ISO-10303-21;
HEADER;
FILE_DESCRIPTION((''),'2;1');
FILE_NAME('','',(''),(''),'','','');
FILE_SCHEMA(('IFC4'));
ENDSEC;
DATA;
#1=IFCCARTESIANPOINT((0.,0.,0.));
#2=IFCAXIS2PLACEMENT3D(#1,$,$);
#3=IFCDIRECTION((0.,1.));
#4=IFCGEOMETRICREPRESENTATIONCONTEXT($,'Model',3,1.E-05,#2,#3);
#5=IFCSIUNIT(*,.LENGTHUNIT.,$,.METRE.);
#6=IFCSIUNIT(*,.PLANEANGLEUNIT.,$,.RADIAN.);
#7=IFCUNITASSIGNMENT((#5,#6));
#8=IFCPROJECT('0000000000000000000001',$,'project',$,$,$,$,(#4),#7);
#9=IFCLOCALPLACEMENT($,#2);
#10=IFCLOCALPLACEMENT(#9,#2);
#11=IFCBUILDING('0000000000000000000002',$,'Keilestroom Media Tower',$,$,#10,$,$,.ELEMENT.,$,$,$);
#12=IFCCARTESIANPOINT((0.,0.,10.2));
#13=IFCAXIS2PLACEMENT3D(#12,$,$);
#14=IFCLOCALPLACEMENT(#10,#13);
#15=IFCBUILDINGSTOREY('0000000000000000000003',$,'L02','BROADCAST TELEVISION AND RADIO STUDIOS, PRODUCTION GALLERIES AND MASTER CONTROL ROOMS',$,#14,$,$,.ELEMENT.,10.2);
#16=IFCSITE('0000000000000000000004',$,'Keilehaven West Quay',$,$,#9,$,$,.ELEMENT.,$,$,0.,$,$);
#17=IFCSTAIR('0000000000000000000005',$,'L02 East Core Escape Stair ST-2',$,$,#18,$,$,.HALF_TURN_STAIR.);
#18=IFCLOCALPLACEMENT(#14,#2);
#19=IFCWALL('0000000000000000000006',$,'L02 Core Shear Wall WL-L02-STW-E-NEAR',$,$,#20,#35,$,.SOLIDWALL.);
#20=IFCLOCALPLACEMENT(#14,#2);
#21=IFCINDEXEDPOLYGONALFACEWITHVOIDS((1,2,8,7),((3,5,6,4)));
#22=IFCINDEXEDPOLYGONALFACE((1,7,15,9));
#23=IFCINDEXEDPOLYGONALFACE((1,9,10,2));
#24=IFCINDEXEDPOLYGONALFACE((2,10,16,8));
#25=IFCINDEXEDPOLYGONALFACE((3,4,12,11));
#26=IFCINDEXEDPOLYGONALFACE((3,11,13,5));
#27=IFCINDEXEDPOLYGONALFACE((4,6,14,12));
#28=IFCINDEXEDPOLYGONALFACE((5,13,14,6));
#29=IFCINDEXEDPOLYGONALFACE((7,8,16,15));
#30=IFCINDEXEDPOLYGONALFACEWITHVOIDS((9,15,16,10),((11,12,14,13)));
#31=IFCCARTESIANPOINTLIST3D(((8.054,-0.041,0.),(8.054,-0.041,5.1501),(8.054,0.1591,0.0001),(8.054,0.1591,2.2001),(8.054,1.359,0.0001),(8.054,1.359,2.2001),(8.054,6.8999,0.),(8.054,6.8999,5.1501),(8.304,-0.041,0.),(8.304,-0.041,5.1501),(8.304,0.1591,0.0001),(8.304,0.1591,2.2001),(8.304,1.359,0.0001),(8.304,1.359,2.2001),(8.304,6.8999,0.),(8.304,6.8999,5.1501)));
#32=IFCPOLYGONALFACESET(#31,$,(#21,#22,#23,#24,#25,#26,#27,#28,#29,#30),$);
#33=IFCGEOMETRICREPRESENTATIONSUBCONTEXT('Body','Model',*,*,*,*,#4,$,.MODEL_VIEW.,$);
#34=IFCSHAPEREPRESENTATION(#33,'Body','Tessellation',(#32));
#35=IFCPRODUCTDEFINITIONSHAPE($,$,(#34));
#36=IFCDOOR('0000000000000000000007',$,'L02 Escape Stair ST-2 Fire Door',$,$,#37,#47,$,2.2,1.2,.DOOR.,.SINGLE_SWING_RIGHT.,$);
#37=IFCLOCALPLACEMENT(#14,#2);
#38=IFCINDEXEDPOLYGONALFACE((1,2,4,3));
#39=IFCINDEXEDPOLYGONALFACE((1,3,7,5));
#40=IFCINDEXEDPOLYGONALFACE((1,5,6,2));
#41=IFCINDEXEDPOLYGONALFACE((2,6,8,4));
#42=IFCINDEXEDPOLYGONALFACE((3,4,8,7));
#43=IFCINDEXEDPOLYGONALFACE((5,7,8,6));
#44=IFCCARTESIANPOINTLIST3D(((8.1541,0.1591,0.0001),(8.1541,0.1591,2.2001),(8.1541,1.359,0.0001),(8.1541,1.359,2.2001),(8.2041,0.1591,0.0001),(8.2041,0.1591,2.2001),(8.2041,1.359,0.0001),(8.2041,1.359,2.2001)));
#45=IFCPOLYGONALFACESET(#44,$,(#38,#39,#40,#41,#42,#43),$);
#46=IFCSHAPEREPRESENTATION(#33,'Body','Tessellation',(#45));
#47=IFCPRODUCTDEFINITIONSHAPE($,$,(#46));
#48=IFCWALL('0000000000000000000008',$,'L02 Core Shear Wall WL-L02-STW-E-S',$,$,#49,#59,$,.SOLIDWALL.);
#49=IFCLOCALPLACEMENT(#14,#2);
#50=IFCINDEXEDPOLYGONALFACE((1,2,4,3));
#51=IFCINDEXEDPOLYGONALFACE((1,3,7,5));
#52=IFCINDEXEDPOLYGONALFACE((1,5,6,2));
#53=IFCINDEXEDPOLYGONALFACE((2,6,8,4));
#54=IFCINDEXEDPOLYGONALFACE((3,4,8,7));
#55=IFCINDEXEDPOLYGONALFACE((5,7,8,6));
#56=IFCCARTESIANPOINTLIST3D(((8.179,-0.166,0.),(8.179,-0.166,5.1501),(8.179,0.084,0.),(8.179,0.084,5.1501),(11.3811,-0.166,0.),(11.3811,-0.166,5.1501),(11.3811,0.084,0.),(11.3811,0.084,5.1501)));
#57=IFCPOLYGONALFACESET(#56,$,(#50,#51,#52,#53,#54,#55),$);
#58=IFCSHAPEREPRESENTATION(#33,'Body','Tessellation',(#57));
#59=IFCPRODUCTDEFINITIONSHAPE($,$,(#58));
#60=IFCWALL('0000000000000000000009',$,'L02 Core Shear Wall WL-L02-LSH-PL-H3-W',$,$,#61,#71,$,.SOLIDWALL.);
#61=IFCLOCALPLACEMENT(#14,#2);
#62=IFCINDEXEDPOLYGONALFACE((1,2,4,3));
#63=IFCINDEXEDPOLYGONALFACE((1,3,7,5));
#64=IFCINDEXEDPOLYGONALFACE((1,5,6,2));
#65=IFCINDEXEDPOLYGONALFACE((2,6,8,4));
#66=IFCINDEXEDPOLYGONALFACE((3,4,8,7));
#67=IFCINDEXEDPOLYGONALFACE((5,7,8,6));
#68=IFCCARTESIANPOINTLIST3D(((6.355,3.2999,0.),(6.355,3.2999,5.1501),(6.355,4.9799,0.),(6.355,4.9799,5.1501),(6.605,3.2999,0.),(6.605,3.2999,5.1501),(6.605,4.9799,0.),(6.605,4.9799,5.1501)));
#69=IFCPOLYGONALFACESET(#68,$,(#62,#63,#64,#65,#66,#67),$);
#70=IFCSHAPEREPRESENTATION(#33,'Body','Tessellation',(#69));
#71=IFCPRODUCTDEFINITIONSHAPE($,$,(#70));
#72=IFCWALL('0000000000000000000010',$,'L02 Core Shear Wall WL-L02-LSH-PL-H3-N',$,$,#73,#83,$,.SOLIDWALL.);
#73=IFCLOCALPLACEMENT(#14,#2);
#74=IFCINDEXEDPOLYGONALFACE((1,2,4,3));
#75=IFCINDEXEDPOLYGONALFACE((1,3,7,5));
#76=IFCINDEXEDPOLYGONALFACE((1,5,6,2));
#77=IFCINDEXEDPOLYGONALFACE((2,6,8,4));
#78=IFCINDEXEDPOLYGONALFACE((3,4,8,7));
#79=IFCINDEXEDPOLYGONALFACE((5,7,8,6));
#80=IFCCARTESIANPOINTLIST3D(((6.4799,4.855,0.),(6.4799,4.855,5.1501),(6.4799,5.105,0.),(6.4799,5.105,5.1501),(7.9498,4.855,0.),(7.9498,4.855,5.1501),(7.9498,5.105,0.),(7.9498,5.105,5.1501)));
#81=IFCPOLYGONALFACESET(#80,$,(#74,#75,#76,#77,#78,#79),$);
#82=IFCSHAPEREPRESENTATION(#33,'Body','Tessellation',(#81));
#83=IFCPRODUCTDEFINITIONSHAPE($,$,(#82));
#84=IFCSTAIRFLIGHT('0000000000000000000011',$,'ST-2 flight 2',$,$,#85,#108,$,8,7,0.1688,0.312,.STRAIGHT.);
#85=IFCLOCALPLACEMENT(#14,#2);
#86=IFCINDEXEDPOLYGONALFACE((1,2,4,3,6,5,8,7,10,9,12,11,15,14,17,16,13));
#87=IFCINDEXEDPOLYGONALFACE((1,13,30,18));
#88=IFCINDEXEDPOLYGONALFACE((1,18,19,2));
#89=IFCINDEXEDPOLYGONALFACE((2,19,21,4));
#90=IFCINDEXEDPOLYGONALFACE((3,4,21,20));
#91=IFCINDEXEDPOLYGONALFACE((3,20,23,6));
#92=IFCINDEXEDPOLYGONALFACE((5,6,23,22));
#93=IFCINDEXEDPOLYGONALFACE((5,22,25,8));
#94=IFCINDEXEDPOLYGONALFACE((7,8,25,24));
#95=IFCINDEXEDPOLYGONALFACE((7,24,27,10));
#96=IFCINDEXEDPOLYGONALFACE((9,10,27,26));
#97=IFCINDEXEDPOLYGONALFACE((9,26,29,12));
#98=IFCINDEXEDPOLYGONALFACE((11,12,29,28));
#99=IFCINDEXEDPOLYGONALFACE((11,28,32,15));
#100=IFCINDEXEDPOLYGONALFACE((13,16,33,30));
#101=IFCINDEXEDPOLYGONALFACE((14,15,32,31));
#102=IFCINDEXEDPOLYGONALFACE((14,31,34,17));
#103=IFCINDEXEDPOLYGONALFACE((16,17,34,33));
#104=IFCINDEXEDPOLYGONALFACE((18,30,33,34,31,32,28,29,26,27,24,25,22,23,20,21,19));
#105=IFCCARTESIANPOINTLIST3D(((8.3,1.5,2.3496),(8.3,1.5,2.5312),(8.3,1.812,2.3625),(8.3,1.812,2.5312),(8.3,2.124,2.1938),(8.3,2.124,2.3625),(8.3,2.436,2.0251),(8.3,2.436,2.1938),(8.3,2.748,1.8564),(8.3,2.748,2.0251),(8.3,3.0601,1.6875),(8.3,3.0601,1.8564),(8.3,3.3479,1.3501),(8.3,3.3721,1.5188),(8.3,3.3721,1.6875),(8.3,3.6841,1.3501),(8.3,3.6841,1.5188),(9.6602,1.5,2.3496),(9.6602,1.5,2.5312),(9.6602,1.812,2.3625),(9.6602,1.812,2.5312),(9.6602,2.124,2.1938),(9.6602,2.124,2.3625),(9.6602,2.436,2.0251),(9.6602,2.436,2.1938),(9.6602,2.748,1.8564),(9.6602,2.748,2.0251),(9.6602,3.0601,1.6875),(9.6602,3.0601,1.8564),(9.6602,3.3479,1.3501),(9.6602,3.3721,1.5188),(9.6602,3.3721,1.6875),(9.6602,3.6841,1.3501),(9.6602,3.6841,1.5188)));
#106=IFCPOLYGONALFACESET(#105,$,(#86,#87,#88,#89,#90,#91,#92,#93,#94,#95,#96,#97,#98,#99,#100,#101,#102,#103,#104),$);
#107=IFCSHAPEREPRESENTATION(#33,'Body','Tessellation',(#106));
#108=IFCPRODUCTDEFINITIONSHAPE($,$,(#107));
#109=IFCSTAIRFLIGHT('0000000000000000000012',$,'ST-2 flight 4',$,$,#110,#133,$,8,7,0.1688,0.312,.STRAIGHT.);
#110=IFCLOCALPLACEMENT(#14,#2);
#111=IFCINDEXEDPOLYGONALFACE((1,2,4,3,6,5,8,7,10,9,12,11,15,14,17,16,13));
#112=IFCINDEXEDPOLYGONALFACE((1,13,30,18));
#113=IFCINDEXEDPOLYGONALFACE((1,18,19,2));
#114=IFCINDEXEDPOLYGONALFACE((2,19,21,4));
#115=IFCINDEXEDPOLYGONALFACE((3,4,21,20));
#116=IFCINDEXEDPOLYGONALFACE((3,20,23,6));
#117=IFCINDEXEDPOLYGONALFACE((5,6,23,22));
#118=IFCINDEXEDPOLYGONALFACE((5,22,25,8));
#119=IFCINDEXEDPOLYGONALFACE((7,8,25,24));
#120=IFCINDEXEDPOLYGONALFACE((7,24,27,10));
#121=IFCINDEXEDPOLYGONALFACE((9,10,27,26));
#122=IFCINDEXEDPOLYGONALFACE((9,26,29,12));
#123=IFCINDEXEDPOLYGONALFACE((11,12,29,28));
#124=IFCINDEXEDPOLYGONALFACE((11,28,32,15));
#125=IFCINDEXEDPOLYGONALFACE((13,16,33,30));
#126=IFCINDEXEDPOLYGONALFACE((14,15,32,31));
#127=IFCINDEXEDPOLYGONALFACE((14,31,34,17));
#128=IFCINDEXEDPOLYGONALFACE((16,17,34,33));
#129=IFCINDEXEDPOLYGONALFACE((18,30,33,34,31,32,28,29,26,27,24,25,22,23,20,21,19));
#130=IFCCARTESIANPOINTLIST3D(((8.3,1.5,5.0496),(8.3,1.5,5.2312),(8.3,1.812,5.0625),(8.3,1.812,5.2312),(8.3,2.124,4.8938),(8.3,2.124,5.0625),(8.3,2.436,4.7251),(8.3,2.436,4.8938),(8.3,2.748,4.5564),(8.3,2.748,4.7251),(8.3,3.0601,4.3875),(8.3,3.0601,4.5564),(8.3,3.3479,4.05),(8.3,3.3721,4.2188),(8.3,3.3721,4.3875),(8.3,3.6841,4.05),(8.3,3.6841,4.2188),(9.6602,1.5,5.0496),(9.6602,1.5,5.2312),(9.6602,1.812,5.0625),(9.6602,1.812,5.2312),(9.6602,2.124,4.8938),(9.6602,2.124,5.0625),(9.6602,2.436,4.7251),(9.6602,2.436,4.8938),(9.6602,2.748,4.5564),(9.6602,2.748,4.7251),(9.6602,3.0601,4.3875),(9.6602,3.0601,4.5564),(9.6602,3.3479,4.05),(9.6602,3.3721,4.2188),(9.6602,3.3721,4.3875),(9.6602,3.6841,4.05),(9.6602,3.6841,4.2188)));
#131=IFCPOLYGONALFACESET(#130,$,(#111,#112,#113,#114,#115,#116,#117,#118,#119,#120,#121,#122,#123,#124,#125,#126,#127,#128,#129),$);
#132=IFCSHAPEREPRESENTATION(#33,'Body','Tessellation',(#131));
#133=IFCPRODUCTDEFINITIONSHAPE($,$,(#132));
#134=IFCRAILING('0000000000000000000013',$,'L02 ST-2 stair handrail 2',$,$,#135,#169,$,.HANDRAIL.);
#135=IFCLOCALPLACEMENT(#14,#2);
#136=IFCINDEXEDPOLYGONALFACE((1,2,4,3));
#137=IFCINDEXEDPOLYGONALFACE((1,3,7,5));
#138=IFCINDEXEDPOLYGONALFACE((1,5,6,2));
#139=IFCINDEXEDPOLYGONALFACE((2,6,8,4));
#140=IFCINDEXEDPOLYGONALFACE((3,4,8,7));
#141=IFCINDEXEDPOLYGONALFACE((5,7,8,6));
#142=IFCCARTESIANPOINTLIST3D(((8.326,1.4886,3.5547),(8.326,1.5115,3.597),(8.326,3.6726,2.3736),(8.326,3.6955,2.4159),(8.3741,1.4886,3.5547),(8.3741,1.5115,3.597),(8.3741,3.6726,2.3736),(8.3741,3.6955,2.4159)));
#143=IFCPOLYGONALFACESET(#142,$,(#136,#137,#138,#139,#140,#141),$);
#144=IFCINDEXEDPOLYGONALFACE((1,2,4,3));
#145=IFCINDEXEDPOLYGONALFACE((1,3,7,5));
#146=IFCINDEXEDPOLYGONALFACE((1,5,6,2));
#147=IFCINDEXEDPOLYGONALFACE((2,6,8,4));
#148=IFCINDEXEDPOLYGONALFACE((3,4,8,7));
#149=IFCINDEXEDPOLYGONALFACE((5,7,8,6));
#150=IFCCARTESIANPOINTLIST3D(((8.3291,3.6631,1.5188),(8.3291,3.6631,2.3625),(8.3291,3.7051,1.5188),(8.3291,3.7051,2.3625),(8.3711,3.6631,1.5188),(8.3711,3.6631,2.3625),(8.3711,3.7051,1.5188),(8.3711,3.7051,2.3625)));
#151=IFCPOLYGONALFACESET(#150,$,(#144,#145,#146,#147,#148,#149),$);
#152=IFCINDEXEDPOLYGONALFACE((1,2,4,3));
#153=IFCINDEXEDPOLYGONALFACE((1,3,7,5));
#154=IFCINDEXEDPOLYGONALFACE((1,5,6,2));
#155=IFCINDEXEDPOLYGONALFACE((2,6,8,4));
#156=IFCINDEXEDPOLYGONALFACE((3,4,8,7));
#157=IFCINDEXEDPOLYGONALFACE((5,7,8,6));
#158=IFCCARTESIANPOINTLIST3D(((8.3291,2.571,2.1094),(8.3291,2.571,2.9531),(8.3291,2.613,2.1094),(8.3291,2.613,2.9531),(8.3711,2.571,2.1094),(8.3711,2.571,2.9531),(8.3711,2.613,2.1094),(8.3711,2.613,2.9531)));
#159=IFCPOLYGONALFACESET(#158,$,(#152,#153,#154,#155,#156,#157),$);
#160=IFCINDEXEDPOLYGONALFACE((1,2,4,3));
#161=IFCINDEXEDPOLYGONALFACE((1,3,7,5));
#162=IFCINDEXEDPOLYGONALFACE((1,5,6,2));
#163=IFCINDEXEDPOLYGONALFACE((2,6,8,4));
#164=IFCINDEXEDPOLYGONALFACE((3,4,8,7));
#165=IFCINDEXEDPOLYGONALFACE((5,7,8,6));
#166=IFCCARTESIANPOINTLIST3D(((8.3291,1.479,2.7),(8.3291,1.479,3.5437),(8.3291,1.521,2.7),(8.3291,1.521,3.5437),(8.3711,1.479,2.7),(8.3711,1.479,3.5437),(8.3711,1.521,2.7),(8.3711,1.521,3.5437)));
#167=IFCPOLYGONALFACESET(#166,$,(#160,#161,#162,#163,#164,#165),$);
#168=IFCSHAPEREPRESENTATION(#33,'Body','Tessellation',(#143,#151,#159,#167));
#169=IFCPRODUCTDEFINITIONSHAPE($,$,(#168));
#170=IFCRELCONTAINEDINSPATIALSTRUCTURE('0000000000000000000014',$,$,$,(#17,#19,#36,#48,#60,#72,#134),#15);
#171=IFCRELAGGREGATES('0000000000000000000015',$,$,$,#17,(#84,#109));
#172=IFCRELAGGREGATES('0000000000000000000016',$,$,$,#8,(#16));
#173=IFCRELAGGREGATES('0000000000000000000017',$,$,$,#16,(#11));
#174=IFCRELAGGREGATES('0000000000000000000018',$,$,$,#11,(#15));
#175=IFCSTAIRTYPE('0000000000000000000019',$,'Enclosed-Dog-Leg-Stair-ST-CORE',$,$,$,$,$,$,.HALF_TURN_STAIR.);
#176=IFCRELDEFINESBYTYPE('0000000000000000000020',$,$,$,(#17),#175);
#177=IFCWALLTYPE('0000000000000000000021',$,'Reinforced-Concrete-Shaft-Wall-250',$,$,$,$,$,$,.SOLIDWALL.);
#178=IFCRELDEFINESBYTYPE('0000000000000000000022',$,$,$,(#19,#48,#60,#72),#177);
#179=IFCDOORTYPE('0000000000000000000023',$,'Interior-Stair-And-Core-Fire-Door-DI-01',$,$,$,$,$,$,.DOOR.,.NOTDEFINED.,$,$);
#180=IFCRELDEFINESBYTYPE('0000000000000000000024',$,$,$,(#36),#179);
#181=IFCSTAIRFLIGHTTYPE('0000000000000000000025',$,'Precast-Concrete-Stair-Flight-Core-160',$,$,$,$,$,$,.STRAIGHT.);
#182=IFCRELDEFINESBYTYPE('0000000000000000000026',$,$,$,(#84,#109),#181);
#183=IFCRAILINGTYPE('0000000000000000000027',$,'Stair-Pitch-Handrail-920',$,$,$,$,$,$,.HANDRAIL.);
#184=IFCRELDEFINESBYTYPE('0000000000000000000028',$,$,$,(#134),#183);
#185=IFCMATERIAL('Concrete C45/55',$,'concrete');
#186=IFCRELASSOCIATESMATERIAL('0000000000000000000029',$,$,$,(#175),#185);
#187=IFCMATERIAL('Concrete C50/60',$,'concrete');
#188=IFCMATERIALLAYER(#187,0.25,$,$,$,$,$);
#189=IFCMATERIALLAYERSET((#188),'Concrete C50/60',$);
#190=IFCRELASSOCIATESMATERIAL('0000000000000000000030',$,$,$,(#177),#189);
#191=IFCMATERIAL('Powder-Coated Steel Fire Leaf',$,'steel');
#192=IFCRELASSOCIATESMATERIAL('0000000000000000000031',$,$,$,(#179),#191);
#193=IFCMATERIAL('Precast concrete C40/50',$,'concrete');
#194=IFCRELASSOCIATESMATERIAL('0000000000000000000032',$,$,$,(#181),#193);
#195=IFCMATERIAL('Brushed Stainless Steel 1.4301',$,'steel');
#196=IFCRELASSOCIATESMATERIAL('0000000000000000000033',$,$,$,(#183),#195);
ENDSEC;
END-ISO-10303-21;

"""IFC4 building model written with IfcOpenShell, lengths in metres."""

from ifc_helpers import new_model, si_unit, direction, frame, frame_2d, origin, origin_2d, place, context, subcontext, project, spatial, polyline, rectangle, outline, extrude, source, transform, mapped, material, layer, layer_set, type_object, element, fill, aggregate, save


model = new_model("IFC4")

# Units and contexts
model_context = context("Model", 3, precision=1e-05, world=origin(), true_north=direction((0.0, 1.0)))
body_context = subcontext(model_context, "Body", "Model", "MODEL_VIEW")
ifc_project = project(units=[si_unit("LENGTHUNIT", "METRE"), si_unit("PLANEANGLEUNIT", "RADIAN")], contexts=[model_context])

# Site, building, storey
site_placement = place(None, origin())
site = spatial("IfcSite", under=ifc_project, at=site_placement, Name="Keilehaven West Quay", CompositionType="ELEMENT", RefElevation=0.0)
building_placement = place(site_placement, origin())
building = spatial("IfcBuilding", under=site, at=building_placement, Name="Keilestroom Media Tower", CompositionType="ELEMENT")
storey_placement = place(building_placement, frame((0.0, 0.0, 10.2)))
storey = spatial("IfcBuildingStorey", under=building, at=storey_placement, Name="L02", Description="BROADCAST TELEVISION AND RADIO STUDIOS, PRODUCTION GALLERIES AND MASTER CONTROL ROOMS", CompositionType="ELEMENT", Elevation=10.2)

# Stair
ifc_material_1 = material(Name="Concrete C45/55", Category="concrete")
stair_type_1 = type_object("IfcStairType", Name="Enclosed-Dog-Leg-Stair-ST-CORE", PredefinedType="HALF_TURN_STAIR", material=ifc_material_1)
stair_1_placement = place(storey_placement, origin())
stair_1 = element("IfcStair", 1, at=stair_1_placement, inside=storey, type_object=stair_type_1, Name="L02 East Core Escape Stair ST-2", PredefinedType="HALF_TURN_STAIR")

# Shared definitions
ifc_material_2 = material(Name="Concrete C50/60", Category="concrete")
ifc_layer_1 = layer(ifc_material_2, 0.25)
ifc_layer_set_1 = layer_set([ifc_layer_1], Name="Concrete C50/60")
wall_type_1 = type_object("IfcWallType", Name="Reinforced-Concrete-Shaft-Wall-250", PredefinedType="SOLIDWALL", material=ifc_layer_set_1)

# Wall, opening, door
wall_1_placement = place(storey_placement, frame((8.179, -0.041, 0.0), z_axis=(0.0, 0.0, 1.0), x_axis=(0.0, 1.0, 0.0)))
wall_1 = element("IfcWall", 2, at=wall_1_placement, inside=storey, type_object=wall_type_1, Name="L02 Core Shear Wall WL-L02-STW-E-NEAR", PredefinedType="SOLIDWALL", context=body_context, shape_type="SweptSolid", body=[
    extrude(rectangle(XDim=6.9409, YDim=0.25, at=frame_2d((3.4705, 0.0))), origin(), (0.0, 0.0, 1.0), 5.1501),
])
opening_placement = place(wall_1_placement, frame((0.2, 0.0, 0.0)))
opening = element("IfcOpeningElement", 3, at=opening_placement, cuts=wall_1, PredefinedType="OPENING", context=body_context, shape_type="SweptSolid", body=[
    extrude(rectangle(XDim=1.2, YDim=2.2, at=frame_2d((0.6001, 1.1001))), frame((0.0, 0.135, 0.0), z_axis=(0.0, -1.0, 0.0), x_axis=(1.0, 0.0, 0.0)), (0.0, 0.0, 1.0), 0.27),
])
ifc_material_3 = material(Name="Powder-Coated Steel Fire Leaf", Category="steel")
door_type = type_object("IfcDoorType", Name="Interior-Stair-And-Core-Fire-Door-DI-01", OperationType="NOTDEFINED", PredefinedType="DOOR", material=ifc_material_3)
shared_shape = source(origin(), body_context, "Body", "SweptSolid", [
    extrude(rectangle(XDim=1.2, YDim=2.2, at=frame_2d((0.6001, 1.1001))), frame((0.0, 0.0249, 0.0), z_axis=(0.0, -1.0, 0.0), x_axis=(1.0, 0.0, 0.0)), (0.0, 0.0, 1.0), 0.05),
])
door_placement = place(opening_placement, origin())
door = element("IfcDoor", 4, at=door_placement, inside=storey, type_object=door_type, Name="L02 Escape Stair ST-2 Fire Door", OperationType="SINGLE_SWING_RIGHT", OverallHeight=2.2, OverallWidth=1.2, PredefinedType="DOOR", context=body_context, shape_type="MappedRepresentation", body=[
    mapped(shared_shape, transform((0.0, 0.0, 0.0), x_axis=(1.0, 0.0, 0.0), y_axis=(0.0, 1.0, 0.0), z_axis=(0.0, 0.0, 1.0), scale=1.0)),
])
fill(opening, door)

# Walls
wall_2_placement = place(storey_placement, frame((8.179, -0.041, 0.0), z_axis=(0.0, 0.0, 1.0), x_axis=(1.0, 0.0, 0.0)))
element("IfcWall", 5, at=wall_2_placement, inside=storey, type_object=wall_type_1, Name="L02 Core Shear Wall WL-L02-STW-E-S", PredefinedType="SOLIDWALL", context=body_context, shape_type="SweptSolid", body=[
    extrude(rectangle(XDim=3.2021, YDim=0.25, at=frame_2d((1.6011, 0.0))), origin(), (0.0, 0.0, 1.0), 5.1501),
])
wall_3_placement = place(storey_placement, frame((6.48, 3.3, 0.0), z_axis=(0.0, 0.0, 1.0), x_axis=(0.0, 1.0, 0.0)))
element("IfcWall", 6, at=wall_3_placement, inside=storey, type_object=wall_type_1, Name="L02 Core Shear Wall WL-L02-LSH-PL-H3-W", PredefinedType="SOLIDWALL", context=body_context, shape_type="SweptSolid", body=[
    extrude(rectangle(XDim=1.6799, YDim=0.25, at=frame_2d((0.8398, 0.0))), origin(), (0.0, 0.0, 1.0), 5.1501),
])
wall_4_placement = place(storey_placement, frame((6.48, 4.98, 0.0), z_axis=(0.0, 0.0, 1.0), x_axis=(1.0, 0.0, 0.0)))
element("IfcWall", 7, at=wall_4_placement, inside=storey, type_object=wall_type_1, Name="L02 Core Shear Wall WL-L02-LSH-PL-H3-N", PredefinedType="SOLIDWALL", context=body_context, shape_type="SweptSolid", body=[
    extrude(rectangle(XDim=1.47, YDim=0.25, at=frame_2d((0.7349, 0.0))), origin(), (0.0, 0.0, 1.0), 5.1501),
])

# Stair flights
ifc_material_4 = material(Name="Precast concrete C40/50", Category="concrete")
stair_flight_type = type_object("IfcStairFlightType", Name="Precast-Concrete-Stair-Flight-Core-160", PredefinedType="STRAIGHT", material=ifc_material_4)
stair_flight_1_placement = place(storey_placement, frame((8.98, 3.6841, 1.3501), z_axis=(0.0, 0.0, 1.0), x_axis=(0.0, -1.0, 0.0)))
stair_flight_1 = element("IfcStairFlight", 8, at=stair_flight_1_placement, type_object=stair_flight_type, Name="ST-2 flight 2", NumberOfRisers=8, NumberOfTreads=7, PredefinedType="STRAIGHT", RiserHeight=0.1688, TreadLength=0.312, context=body_context, shape_type="SweptSolid", body=[
    extrude(outline(polyline([(0.0, 0.0), (0.0, 0.1687), (0.312, 0.1687), (0.312, 0.3374), (0.624, 0.3374), (0.624, 0.5063), (0.936, 0.5063), (0.936, 0.675), (1.248, 0.675), (1.248, 0.8438), (1.5601, 0.8438), (1.5601, 1.0125), (1.8721, 1.0125), (1.8721, 1.1812), (2.1841, 1.1812), (2.1841, 1.3501), (2.1841, 0.9995), (0.3362, 0.0), (0.0, 0.0)])), frame((0.0, 0.6802, 0.0), z_axis=(0.0, -1.0, 0.0), x_axis=(1.0, 0.0, 0.0)), (0.0, 0.0, 1.0), 1.3601),
])
stair_flight_2_placement = place(storey_placement, frame((8.98, 3.6841, 4.05), z_axis=(0.0, 0.0, 1.0), x_axis=(0.0, -1.0, 0.0)))
stair_flight_2 = element("IfcStairFlight", 9, at=stair_flight_2_placement, type_object=stair_flight_type, Name="ST-2 flight 4", NumberOfRisers=8, NumberOfTreads=7, PredefinedType="STRAIGHT", RiserHeight=0.1688, TreadLength=0.312, context=body_context, shape_type="SweptSolid", body=[
    extrude(outline(polyline([(0.0, 0.0), (0.0, 0.1687), (0.312, 0.1687), (0.312, 0.3374), (0.624, 0.3374), (0.624, 0.5063), (0.936, 0.5063), (0.936, 0.675), (1.248, 0.675), (1.248, 0.8438), (1.5601, 0.8438), (1.5601, 1.0125), (1.8721, 1.0125), (1.8721, 1.1812), (2.1841, 1.1812), (2.1841, 1.3501), (2.1841, 0.9995), (0.3362, 0.0), (0.0, 0.0)])), frame((0.0, 0.6802, 0.0), z_axis=(0.0, -1.0, 0.0), x_axis=(1.0, 0.0, 0.0)), (0.0, 0.0, 1.0), 1.3601),
])
aggregate(stair_1, [stair_flight_1, stair_flight_2])

# Railing
ifc_material_5 = material(Name="Brushed Stainless Steel 1.4301", Category="steel")
railing_type_1 = type_object("IfcRailingType", Name="Stair-Pitch-Handrail-920", PredefinedType="HANDRAIL", material=ifc_material_5)
railing_1_placement = place(storey_placement, frame((8.3501, 3.6841, 1.5188)))
element("IfcRailing", 10, at=railing_1_placement, inside=storey, type_object=railing_type_1, Name="L02 ST-2 stair handrail 2", PredefinedType="HANDRAIL", context=body_context, shape_type="SweptSolid", body=[
    extrude(rectangle(XDim=0.0481, YDim=0.0481, at=origin_2d()), frame((0.0, 0.0, 0.876), z_axis=(0.0, -0.879611, 0.475694), x_axis=(1.0, 0.0, 0.0)), (0.0, 0.0, 1.0), 2.4829),
    extrude(rectangle(XDim=0.042, YDim=0.042, at=origin_2d()), origin(), (0.0, 0.0, 1.0), 0.8438),
    extrude(rectangle(XDim=0.042, YDim=0.042, at=origin_2d()), frame((0.0, -1.092, 0.5906)), (0.0, 0.0, 1.0), 0.8438),
    extrude(rectangle(XDim=0.042, YDim=0.042, at=origin_2d()), frame((0.0, -2.1841, 1.1812)), (0.0, 0.0, 1.0), 0.8438),
])

save(model, "model.ifc")
